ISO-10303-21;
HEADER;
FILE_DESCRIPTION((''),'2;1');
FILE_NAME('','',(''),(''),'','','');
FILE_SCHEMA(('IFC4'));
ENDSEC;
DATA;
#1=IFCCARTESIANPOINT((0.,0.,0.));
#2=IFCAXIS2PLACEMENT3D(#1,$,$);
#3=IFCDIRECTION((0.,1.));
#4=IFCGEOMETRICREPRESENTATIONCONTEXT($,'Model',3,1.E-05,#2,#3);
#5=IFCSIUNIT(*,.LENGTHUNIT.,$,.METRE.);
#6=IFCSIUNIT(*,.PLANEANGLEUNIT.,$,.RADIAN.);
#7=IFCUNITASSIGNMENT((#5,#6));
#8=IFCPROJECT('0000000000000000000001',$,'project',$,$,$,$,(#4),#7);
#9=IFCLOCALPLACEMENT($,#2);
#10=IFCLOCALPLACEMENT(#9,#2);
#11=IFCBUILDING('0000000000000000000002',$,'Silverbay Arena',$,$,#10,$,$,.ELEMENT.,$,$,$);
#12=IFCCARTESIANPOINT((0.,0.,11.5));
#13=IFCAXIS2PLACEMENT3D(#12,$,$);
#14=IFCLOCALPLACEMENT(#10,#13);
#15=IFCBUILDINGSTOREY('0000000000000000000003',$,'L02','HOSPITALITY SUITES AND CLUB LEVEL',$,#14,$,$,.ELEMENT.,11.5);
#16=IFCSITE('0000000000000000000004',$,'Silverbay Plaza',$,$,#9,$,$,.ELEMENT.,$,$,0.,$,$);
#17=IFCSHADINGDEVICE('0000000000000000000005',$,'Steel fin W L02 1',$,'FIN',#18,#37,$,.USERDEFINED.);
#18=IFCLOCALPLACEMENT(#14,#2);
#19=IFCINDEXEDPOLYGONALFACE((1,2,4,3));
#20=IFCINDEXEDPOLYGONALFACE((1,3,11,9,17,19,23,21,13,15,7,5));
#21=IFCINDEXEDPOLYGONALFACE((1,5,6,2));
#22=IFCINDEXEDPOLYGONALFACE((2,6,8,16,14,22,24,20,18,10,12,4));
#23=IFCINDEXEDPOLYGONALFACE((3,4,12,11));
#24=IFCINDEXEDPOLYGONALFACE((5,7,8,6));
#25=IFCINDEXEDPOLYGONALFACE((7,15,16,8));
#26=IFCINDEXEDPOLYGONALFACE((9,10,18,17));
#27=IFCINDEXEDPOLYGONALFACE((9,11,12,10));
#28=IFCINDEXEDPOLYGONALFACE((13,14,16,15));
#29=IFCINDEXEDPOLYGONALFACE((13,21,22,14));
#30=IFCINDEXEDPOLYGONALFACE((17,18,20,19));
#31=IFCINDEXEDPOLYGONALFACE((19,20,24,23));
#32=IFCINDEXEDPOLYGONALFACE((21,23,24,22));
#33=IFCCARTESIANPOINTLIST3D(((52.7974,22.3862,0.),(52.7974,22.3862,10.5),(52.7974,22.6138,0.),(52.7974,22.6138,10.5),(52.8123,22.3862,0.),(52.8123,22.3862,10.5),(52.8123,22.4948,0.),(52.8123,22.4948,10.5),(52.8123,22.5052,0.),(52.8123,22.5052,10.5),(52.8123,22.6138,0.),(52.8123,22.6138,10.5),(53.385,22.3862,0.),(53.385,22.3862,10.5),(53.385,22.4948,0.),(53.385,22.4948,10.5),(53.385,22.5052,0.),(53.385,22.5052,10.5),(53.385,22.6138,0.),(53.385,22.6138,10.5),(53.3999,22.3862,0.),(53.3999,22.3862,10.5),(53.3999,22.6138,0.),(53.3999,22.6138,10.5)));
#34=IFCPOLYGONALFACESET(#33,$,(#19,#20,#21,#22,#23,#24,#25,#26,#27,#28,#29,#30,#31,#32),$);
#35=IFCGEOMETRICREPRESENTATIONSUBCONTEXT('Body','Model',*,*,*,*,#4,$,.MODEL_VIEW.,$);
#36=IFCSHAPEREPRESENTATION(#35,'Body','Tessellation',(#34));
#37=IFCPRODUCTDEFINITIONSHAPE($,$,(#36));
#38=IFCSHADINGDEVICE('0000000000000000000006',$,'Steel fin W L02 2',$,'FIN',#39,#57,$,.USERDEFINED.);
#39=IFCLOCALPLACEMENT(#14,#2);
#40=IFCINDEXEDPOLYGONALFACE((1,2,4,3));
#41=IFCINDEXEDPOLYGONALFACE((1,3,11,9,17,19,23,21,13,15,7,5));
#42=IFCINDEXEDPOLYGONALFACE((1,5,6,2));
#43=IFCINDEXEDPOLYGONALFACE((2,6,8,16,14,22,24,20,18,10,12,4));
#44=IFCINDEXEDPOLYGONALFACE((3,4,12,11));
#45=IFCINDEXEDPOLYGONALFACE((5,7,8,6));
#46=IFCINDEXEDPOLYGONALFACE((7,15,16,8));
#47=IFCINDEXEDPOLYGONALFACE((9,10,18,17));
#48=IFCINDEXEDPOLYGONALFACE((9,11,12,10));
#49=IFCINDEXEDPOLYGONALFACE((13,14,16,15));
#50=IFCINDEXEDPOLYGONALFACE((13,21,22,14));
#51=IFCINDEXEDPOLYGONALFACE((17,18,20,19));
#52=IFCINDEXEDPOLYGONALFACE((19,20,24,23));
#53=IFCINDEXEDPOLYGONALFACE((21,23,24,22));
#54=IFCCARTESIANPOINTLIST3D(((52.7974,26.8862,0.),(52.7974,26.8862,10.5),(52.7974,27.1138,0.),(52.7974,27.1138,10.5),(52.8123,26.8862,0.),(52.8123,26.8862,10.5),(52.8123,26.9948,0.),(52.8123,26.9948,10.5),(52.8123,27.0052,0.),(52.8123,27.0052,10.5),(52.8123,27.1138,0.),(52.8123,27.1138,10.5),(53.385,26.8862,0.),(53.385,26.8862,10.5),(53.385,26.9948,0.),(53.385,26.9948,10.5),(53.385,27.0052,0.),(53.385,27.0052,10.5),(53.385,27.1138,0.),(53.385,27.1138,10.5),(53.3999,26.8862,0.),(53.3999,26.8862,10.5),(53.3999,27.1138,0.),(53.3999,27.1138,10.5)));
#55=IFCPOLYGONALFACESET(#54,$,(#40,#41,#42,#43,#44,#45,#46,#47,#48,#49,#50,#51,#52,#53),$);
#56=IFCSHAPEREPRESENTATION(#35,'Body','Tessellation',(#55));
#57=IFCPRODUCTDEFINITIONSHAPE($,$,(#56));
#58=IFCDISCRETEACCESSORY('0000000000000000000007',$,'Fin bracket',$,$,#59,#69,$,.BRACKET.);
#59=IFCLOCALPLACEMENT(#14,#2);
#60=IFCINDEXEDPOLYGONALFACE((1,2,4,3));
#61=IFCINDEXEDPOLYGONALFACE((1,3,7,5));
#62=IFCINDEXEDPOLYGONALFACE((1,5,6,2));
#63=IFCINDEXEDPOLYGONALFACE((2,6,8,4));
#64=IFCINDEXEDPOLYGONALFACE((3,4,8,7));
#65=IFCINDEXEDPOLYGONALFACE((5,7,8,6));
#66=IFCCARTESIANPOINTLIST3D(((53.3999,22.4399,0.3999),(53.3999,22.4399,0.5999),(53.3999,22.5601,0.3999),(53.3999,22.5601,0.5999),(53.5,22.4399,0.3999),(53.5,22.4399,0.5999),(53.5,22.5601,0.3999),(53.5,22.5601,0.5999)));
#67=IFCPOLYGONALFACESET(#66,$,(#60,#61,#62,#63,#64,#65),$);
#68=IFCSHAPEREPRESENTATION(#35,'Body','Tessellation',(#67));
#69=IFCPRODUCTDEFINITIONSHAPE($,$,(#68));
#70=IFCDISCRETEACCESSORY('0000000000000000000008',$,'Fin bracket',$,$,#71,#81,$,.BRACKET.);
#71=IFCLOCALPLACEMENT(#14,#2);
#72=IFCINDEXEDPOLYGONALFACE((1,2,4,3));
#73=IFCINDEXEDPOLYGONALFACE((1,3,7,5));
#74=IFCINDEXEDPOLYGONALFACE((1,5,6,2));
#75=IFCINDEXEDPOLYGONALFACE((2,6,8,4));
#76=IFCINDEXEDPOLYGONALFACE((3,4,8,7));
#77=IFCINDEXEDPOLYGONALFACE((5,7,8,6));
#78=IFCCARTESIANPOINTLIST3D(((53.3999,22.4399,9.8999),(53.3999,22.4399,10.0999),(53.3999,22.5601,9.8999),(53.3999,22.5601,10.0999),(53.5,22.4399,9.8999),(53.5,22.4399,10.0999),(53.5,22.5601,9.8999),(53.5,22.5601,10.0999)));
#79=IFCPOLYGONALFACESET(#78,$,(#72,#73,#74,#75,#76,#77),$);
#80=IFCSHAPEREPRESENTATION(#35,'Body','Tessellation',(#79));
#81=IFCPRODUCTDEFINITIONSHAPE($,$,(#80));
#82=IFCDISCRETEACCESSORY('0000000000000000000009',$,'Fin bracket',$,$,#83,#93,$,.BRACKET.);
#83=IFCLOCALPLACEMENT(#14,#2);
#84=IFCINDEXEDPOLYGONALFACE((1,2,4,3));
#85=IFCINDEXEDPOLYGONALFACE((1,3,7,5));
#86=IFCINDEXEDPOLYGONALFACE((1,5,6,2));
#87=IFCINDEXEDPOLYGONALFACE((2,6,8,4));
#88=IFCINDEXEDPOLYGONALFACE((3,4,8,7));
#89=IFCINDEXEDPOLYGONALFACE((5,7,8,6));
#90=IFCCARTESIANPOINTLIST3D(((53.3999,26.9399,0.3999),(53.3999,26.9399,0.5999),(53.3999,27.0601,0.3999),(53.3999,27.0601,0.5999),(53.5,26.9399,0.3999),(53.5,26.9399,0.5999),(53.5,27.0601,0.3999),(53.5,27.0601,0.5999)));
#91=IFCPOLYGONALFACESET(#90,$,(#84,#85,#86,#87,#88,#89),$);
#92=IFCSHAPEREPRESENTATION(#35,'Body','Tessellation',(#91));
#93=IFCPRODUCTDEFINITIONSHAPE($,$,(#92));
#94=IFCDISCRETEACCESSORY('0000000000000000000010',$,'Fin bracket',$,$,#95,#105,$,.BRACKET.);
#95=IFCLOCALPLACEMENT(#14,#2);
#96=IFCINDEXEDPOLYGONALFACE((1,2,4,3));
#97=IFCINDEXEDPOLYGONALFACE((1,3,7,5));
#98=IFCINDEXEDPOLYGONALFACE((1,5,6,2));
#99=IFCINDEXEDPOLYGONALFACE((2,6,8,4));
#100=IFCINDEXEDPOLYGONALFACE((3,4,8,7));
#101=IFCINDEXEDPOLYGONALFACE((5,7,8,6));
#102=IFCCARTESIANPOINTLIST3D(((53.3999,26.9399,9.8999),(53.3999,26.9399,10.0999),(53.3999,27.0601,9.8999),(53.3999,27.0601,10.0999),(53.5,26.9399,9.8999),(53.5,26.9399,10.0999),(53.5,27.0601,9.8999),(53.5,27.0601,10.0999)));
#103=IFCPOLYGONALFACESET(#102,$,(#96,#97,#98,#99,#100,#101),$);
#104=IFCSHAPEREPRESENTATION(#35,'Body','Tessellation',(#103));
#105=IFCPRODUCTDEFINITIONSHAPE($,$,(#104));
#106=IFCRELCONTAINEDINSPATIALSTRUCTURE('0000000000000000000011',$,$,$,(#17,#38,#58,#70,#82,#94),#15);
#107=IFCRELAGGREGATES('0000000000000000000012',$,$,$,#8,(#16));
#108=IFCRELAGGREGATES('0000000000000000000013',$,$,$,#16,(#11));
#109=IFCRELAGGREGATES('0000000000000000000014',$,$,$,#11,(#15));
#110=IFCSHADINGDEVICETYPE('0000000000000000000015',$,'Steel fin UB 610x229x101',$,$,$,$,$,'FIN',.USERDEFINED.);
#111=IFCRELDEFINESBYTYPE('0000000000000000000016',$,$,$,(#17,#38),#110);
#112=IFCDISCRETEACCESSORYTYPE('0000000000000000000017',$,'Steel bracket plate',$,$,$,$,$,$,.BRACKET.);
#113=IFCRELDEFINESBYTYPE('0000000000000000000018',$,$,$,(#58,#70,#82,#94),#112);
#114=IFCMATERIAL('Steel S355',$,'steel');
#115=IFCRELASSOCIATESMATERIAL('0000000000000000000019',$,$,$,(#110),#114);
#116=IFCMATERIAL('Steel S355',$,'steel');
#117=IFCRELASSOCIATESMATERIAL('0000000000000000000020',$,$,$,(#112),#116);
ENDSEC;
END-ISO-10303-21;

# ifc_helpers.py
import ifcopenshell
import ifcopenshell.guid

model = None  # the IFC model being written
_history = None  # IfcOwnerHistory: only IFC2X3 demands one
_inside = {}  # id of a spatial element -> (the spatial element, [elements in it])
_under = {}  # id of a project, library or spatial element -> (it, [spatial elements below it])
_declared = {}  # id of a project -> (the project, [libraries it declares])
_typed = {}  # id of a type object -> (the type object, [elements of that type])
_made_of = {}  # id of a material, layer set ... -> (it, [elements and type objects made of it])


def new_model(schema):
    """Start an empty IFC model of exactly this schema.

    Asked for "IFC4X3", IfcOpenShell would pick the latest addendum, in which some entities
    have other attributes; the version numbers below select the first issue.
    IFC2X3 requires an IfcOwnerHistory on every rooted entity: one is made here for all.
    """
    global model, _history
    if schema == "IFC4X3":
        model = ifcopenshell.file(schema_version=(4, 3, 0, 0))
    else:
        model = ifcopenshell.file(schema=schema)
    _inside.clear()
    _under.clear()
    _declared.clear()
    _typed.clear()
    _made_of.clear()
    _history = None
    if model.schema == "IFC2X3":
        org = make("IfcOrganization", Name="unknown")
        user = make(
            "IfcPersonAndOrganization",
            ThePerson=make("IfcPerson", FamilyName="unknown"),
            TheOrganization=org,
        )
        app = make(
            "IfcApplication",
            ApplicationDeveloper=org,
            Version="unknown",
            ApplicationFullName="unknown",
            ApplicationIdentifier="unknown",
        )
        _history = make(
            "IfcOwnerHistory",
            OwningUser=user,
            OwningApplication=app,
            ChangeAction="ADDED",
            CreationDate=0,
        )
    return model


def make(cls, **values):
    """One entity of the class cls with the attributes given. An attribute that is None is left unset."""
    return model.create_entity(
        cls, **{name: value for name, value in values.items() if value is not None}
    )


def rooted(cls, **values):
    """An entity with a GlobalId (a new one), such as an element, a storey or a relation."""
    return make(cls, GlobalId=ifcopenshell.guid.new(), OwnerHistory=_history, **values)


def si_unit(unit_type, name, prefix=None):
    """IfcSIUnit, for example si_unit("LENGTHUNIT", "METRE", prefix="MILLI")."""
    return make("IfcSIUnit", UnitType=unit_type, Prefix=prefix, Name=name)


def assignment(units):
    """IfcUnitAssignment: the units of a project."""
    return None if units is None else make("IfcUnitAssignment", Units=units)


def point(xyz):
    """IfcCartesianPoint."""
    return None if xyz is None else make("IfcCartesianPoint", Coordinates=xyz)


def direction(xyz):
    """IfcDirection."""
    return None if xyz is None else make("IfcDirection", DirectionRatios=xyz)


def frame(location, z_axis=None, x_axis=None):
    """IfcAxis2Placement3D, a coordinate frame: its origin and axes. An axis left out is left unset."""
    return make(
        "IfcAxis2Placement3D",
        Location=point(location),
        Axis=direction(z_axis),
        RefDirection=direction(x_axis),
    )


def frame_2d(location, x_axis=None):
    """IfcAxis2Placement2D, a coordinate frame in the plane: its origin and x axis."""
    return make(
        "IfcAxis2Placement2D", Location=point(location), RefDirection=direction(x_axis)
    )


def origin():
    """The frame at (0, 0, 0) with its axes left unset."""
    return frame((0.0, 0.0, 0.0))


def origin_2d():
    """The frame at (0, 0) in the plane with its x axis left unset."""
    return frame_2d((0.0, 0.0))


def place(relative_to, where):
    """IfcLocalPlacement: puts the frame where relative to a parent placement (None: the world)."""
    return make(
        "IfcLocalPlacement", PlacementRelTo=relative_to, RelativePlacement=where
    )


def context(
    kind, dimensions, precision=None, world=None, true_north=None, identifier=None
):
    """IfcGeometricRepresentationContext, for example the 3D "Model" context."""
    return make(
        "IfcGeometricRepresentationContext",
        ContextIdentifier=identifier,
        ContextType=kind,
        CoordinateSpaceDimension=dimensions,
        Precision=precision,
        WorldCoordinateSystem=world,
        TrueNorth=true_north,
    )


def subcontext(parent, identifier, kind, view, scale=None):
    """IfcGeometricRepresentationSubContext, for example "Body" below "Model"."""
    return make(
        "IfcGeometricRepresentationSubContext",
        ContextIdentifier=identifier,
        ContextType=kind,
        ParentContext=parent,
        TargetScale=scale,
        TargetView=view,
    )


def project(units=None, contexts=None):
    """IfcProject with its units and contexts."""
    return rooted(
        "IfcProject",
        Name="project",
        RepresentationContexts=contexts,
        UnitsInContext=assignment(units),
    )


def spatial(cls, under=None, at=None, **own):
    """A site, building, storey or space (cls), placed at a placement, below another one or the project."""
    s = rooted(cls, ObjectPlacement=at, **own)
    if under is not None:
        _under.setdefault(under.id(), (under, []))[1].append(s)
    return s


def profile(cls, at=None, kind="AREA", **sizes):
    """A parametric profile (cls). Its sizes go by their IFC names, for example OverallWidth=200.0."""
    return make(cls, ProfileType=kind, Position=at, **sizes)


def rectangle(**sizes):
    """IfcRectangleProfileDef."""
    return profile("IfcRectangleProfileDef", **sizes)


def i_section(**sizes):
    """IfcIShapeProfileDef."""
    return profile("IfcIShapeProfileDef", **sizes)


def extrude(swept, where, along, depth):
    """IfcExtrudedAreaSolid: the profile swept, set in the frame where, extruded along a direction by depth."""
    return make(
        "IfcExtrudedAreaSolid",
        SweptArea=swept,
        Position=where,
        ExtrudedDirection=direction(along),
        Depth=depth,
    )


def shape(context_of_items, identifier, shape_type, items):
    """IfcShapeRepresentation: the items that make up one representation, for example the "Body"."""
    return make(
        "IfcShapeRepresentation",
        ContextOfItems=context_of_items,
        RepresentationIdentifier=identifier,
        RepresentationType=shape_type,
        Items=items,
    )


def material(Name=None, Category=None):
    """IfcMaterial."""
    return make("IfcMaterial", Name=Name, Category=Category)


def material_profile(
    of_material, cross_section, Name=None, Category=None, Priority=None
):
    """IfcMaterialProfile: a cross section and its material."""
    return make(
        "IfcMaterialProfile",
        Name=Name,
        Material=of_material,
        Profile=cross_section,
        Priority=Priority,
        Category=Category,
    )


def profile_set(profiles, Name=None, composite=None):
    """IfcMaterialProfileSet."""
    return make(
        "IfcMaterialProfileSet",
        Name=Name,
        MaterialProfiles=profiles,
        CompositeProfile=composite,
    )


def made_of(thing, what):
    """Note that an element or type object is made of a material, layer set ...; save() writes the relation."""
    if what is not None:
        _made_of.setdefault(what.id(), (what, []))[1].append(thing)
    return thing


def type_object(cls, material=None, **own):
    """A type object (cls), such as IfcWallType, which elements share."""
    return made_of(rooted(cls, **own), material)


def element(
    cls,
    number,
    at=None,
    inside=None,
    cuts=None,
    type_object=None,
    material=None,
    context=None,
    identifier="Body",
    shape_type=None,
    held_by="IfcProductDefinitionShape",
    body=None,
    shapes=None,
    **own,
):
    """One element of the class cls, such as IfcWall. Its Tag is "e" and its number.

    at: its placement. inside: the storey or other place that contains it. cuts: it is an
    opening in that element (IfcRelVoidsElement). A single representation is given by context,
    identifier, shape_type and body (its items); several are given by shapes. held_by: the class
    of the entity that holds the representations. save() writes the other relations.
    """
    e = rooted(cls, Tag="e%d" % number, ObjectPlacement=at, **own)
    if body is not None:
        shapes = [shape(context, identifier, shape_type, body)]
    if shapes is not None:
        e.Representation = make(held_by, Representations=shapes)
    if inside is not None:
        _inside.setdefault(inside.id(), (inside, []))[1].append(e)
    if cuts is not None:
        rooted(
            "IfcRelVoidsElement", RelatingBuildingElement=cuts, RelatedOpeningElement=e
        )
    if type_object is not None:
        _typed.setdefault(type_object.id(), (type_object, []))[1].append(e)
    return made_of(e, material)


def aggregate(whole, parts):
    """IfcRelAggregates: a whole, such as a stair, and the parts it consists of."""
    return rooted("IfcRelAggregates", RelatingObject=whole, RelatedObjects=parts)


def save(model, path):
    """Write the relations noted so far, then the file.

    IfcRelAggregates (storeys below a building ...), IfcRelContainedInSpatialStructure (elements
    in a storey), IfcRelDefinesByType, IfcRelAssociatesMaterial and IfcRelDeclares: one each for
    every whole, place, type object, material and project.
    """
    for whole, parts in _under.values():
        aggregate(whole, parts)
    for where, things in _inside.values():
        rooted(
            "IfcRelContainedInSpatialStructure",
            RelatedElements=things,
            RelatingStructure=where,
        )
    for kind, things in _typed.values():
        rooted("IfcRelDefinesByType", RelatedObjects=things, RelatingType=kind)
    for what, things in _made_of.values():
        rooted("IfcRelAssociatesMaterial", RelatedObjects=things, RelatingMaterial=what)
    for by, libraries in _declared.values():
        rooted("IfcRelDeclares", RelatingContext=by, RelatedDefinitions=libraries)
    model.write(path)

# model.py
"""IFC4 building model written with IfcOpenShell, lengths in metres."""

from ifc_helpers import new_model, si_unit, direction, frame, origin, origin_2d, place, context, subcontext, project, spatial, rectangle, i_section, extrude, material, material_profile, profile_set, type_object, element, save


model = new_model("IFC4")

# Units and contexts
model_context = context("Model", 3, precision=1e-05, world=origin(), true_north=direction((0.0, 1.0)))
body_context = subcontext(model_context, "Body", "Model", "MODEL_VIEW")
ifc_project = project(units=[si_unit("LENGTHUNIT", "METRE"), si_unit("PLANEANGLEUNIT", "RADIAN")], contexts=[model_context])

# Site, building, storey
site_placement = place(None, origin())
site = spatial("IfcSite", under=ifc_project, at=site_placement, Name="Silverbay Plaza", CompositionType="ELEMENT", RefElevation=0.0)
building_placement = place(site_placement, origin())
building = spatial("IfcBuilding", under=site, at=building_placement, Name="Silverbay Arena", CompositionType="ELEMENT")
storey_placement = place(building_placement, frame((0.0, 0.0, 11.5)))
storey = spatial("IfcBuildingStorey", under=building, at=storey_placement, Name="L02", Description="HOSPITALITY SUITES AND CLUB LEVEL", CompositionType="ELEMENT", Elevation=11.5)

# Shading devices
ifc_material_1 = material(Name="Steel S355", Category="steel")
ifc_material_profile_1 = material_profile(ifc_material_1, i_section(OverallWidth=0.2275, OverallDepth=0.6025, WebThickness=0.0105, FlangeThickness=0.0149, at=origin_2d()), Name="UB 610x229x101")
ifc_profile_set_1 = profile_set([ifc_material_profile_1], Name="Steel S355")
shading_device_type = type_object("IfcShadingDeviceType", Name="Steel fin UB 610x229x101", ElementType="FIN", PredefinedType="USERDEFINED", material=ifc_profile_set_1)
for number, where, z_axis, x_axis, name in (
    (1, (53.0986, 22.5, 0.0), (0.0, 0.0, 1.0), (0.0, 1.0, 0.0), "Steel fin W L02 1"),
    (2, (53.0986, 27.0, 0.0), (0.0, 0.0, 1.0), (0.0, 1.0, 0.0), "Steel fin W L02 2"),
):
    element("IfcShadingDevice", number, at=place(storey_placement, frame(where, z_axis=z_axis, x_axis=x_axis)), inside=storey, type_object=shading_device_type, Name=name, ObjectType="FIN", PredefinedType="USERDEFINED", context=body_context, shape_type="SweptSolid", body=[
        extrude(i_section(OverallWidth=0.2275, OverallDepth=0.6025, WebThickness=0.0105, FlangeThickness=0.0149, at=origin_2d()), origin(), (0.0, 0.0, 1.0), 10.5),
    ])

# Discrete accessories
ifc_material_2 = material(Name="Steel S355", Category="steel")
discrete_accessory_type = type_object("IfcDiscreteAccessoryType", Name="Steel bracket plate", PredefinedType="BRACKET", material=ifc_material_2)
for number, where, z_axis, x_axis, name in (
    (3, (53.45, 22.5, 0.3999), (0.0, 0.0, 1.0), (1.0, 0.0, 0.0), "Fin bracket"),
    (4, (53.45, 22.5, 9.8999), (0.0, 0.0, 1.0), (1.0, 0.0, 0.0), "Fin bracket"),
    (5, (53.45, 27.0, 0.3999), (0.0, 0.0, 1.0), (1.0, 0.0, 0.0), "Fin bracket"),
    (6, (53.45, 27.0, 9.8999), (0.0, 0.0, 1.0), (1.0, 0.0, 0.0), "Fin bracket"),
):
    element("IfcDiscreteAccessory", number, at=place(storey_placement, frame(where, z_axis=z_axis, x_axis=x_axis)), inside=storey, type_object=discrete_accessory_type, Name=name, PredefinedType="BRACKET", context=body_context, shape_type="SweptSolid", body=[
        extrude(rectangle(XDim=0.1001, YDim=0.1201, at=origin_2d()), origin(), (0.0, 0.0, 1.0), 0.2),
    ])

save(model, "model.ifc")
